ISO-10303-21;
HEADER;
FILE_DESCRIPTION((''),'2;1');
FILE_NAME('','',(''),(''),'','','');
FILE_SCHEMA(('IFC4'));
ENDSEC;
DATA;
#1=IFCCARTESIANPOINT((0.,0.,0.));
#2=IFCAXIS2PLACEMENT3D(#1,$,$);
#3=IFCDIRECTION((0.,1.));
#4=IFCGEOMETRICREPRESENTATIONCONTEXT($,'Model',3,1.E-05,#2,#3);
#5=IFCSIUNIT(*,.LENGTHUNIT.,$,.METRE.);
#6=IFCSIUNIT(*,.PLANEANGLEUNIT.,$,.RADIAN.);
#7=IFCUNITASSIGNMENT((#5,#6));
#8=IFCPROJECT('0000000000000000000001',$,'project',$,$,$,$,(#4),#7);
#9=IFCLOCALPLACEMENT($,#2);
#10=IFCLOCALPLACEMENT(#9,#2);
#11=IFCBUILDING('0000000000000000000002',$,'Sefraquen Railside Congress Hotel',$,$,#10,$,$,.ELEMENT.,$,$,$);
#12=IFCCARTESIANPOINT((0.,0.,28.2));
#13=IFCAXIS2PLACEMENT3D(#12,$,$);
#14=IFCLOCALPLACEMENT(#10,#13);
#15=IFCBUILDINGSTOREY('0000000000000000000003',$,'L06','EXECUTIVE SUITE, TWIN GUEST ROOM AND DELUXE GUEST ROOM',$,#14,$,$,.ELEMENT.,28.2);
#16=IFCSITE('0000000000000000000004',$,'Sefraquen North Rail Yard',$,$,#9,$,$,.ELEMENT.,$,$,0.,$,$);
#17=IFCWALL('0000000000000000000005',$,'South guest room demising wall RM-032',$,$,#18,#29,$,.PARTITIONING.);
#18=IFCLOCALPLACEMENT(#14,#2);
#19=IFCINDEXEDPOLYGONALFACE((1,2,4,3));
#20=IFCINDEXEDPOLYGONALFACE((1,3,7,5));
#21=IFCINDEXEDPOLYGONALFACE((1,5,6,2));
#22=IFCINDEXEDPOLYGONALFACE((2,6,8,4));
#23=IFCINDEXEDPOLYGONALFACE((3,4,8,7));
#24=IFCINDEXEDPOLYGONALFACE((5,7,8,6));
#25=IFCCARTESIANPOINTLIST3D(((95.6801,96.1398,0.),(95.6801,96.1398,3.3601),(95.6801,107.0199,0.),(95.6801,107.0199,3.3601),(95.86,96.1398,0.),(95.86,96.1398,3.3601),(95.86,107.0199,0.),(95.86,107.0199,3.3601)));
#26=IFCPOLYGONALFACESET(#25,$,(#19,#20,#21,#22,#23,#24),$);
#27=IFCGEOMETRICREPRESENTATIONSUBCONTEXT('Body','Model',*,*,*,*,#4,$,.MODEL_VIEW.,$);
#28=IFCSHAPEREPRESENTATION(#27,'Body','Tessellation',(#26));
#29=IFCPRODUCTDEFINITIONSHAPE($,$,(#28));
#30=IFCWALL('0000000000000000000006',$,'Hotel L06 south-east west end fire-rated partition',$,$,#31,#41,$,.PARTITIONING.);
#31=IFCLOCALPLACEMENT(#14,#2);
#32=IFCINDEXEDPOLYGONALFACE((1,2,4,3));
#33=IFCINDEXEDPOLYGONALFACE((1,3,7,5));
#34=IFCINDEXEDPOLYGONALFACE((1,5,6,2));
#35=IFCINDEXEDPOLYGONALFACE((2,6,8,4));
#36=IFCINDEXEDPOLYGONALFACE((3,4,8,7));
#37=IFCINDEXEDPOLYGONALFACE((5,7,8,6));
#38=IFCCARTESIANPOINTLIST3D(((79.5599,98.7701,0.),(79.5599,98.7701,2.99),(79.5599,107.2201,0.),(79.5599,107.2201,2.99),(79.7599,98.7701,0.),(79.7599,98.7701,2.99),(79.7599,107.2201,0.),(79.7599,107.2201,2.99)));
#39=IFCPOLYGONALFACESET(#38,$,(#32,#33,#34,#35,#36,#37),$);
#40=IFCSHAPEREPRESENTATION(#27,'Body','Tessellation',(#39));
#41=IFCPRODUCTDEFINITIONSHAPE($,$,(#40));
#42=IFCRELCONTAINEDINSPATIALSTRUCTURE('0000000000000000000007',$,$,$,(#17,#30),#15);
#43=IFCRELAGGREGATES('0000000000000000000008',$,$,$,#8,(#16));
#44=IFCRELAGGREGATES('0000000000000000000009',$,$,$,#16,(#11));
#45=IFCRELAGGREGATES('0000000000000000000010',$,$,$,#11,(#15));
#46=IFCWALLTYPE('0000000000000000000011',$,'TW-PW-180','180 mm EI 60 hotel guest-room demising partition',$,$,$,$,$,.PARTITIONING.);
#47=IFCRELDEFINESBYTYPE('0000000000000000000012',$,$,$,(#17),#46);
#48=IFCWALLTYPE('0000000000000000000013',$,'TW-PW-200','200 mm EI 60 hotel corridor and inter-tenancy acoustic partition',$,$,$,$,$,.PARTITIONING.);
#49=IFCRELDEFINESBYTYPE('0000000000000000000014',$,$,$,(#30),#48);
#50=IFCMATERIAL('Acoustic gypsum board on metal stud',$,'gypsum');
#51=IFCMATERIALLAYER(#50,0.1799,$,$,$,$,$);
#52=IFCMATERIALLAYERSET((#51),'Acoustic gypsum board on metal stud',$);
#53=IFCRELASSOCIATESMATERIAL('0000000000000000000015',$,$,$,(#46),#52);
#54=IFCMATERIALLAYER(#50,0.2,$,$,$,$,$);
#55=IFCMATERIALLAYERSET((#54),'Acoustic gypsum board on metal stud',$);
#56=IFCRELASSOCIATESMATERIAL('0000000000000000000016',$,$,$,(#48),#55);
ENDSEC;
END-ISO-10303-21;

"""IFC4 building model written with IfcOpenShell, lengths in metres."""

from ifc_helpers import new_model, si_unit, direction, frame, frame_2d, origin, place, context, subcontext, project, spatial, rectangle, extrude, material, layer, layer_set, type_object, element, save


model = new_model("IFC4")

# Units and contexts
model_context = context("Model", 3, precision=1e-05, world=origin(), true_north=direction((0.0, 1.0)))
body_context = subcontext(model_context, "Body", "Model", "MODEL_VIEW")
ifc_project = project(units=[si_unit("LENGTHUNIT", "METRE"), si_unit("PLANEANGLEUNIT", "RADIAN")], contexts=[model_context])

# Site, building, storey
site_placement = place(None, origin())
site = spatial("IfcSite", under=ifc_project, at=site_placement, Name="Sefraquen North Rail Yard", CompositionType="ELEMENT", RefElevation=0.0)
building_placement = place(site_placement, origin())
building = spatial("IfcBuilding", under=site, at=building_placement, Name="Sefraquen Railside Congress Hotel", CompositionType="ELEMENT")
storey_placement = place(building_placement, frame((0.0, 0.0, 28.2)))
storey = spatial("IfcBuildingStorey", under=building, at=storey_placement, Name="L06", Description="EXECUTIVE SUITE, TWIN GUEST ROOM AND DELUXE GUEST ROOM", CompositionType="ELEMENT", Elevation=28.2)

# Walls
ifc_material_1 = material(Name="Acoustic gypsum board on metal stud", Category="gypsum")
ifc_layer_1 = layer(ifc_material_1, 0.1799)
ifc_layer_set_1 = layer_set([ifc_layer_1], Name="Acoustic gypsum board on metal stud")
wall_type_1 = type_object("IfcWallType", Name="TW-PW-180", Description="180 mm EI 60 hotel guest-room demising partition", PredefinedType="PARTITIONING", material=ifc_layer_set_1)
for number, where, z_axis, x_axis, name in (
    (1, (95.77, 96.1399, 0.0), (0.0, 0.0, 1.0), (0.0, 1.0, 0.0), "South guest room demising wall RM-032"),
):
    element("IfcWall", number, at=place(storey_placement, frame(where, z_axis=z_axis, x_axis=x_axis)), inside=storey, type_object=wall_type_1, Name=name, PredefinedType="PARTITIONING", context=body_context, shape_type="SweptSolid", body=[
        extrude(rectangle(XDim=10.8801, YDim=0.1799, at=frame_2d((5.4399, 0.0))), origin(), (0.0, 0.0, 1.0), 3.3601),
    ])
ifc_layer_2 = layer(ifc_material_1, 0.2)
ifc_layer_set_2 = layer_set([ifc_layer_2], Name="Acoustic gypsum board on metal stud")
wall_type_2 = type_object("IfcWallType", Name="TW-PW-200", Description="200 mm EI 60 hotel corridor and inter-tenancy acoustic partition", PredefinedType="PARTITIONING", material=ifc_layer_set_2)
wall_1_placement = place(storey_placement, frame((79.6599, 98.77, 0.0), z_axis=(0.0, 0.0, 1.0), x_axis=(0.0, 1.0, 0.0)))
element("IfcWall", 2, at=wall_1_placement, inside=storey, type_object=wall_type_2, Name="Hotel L06 south-east west end fire-rated partition", PredefinedType="PARTITIONING", context=body_context, shape_type="SweptSolid", body=[
    extrude(rectangle(XDim=8.45, YDim=0.2, at=frame_2d((4.2251, 0.0))), origin(), (0.0, 0.0, 1.0), 2.99),
])

save(model, "model.ifc")
